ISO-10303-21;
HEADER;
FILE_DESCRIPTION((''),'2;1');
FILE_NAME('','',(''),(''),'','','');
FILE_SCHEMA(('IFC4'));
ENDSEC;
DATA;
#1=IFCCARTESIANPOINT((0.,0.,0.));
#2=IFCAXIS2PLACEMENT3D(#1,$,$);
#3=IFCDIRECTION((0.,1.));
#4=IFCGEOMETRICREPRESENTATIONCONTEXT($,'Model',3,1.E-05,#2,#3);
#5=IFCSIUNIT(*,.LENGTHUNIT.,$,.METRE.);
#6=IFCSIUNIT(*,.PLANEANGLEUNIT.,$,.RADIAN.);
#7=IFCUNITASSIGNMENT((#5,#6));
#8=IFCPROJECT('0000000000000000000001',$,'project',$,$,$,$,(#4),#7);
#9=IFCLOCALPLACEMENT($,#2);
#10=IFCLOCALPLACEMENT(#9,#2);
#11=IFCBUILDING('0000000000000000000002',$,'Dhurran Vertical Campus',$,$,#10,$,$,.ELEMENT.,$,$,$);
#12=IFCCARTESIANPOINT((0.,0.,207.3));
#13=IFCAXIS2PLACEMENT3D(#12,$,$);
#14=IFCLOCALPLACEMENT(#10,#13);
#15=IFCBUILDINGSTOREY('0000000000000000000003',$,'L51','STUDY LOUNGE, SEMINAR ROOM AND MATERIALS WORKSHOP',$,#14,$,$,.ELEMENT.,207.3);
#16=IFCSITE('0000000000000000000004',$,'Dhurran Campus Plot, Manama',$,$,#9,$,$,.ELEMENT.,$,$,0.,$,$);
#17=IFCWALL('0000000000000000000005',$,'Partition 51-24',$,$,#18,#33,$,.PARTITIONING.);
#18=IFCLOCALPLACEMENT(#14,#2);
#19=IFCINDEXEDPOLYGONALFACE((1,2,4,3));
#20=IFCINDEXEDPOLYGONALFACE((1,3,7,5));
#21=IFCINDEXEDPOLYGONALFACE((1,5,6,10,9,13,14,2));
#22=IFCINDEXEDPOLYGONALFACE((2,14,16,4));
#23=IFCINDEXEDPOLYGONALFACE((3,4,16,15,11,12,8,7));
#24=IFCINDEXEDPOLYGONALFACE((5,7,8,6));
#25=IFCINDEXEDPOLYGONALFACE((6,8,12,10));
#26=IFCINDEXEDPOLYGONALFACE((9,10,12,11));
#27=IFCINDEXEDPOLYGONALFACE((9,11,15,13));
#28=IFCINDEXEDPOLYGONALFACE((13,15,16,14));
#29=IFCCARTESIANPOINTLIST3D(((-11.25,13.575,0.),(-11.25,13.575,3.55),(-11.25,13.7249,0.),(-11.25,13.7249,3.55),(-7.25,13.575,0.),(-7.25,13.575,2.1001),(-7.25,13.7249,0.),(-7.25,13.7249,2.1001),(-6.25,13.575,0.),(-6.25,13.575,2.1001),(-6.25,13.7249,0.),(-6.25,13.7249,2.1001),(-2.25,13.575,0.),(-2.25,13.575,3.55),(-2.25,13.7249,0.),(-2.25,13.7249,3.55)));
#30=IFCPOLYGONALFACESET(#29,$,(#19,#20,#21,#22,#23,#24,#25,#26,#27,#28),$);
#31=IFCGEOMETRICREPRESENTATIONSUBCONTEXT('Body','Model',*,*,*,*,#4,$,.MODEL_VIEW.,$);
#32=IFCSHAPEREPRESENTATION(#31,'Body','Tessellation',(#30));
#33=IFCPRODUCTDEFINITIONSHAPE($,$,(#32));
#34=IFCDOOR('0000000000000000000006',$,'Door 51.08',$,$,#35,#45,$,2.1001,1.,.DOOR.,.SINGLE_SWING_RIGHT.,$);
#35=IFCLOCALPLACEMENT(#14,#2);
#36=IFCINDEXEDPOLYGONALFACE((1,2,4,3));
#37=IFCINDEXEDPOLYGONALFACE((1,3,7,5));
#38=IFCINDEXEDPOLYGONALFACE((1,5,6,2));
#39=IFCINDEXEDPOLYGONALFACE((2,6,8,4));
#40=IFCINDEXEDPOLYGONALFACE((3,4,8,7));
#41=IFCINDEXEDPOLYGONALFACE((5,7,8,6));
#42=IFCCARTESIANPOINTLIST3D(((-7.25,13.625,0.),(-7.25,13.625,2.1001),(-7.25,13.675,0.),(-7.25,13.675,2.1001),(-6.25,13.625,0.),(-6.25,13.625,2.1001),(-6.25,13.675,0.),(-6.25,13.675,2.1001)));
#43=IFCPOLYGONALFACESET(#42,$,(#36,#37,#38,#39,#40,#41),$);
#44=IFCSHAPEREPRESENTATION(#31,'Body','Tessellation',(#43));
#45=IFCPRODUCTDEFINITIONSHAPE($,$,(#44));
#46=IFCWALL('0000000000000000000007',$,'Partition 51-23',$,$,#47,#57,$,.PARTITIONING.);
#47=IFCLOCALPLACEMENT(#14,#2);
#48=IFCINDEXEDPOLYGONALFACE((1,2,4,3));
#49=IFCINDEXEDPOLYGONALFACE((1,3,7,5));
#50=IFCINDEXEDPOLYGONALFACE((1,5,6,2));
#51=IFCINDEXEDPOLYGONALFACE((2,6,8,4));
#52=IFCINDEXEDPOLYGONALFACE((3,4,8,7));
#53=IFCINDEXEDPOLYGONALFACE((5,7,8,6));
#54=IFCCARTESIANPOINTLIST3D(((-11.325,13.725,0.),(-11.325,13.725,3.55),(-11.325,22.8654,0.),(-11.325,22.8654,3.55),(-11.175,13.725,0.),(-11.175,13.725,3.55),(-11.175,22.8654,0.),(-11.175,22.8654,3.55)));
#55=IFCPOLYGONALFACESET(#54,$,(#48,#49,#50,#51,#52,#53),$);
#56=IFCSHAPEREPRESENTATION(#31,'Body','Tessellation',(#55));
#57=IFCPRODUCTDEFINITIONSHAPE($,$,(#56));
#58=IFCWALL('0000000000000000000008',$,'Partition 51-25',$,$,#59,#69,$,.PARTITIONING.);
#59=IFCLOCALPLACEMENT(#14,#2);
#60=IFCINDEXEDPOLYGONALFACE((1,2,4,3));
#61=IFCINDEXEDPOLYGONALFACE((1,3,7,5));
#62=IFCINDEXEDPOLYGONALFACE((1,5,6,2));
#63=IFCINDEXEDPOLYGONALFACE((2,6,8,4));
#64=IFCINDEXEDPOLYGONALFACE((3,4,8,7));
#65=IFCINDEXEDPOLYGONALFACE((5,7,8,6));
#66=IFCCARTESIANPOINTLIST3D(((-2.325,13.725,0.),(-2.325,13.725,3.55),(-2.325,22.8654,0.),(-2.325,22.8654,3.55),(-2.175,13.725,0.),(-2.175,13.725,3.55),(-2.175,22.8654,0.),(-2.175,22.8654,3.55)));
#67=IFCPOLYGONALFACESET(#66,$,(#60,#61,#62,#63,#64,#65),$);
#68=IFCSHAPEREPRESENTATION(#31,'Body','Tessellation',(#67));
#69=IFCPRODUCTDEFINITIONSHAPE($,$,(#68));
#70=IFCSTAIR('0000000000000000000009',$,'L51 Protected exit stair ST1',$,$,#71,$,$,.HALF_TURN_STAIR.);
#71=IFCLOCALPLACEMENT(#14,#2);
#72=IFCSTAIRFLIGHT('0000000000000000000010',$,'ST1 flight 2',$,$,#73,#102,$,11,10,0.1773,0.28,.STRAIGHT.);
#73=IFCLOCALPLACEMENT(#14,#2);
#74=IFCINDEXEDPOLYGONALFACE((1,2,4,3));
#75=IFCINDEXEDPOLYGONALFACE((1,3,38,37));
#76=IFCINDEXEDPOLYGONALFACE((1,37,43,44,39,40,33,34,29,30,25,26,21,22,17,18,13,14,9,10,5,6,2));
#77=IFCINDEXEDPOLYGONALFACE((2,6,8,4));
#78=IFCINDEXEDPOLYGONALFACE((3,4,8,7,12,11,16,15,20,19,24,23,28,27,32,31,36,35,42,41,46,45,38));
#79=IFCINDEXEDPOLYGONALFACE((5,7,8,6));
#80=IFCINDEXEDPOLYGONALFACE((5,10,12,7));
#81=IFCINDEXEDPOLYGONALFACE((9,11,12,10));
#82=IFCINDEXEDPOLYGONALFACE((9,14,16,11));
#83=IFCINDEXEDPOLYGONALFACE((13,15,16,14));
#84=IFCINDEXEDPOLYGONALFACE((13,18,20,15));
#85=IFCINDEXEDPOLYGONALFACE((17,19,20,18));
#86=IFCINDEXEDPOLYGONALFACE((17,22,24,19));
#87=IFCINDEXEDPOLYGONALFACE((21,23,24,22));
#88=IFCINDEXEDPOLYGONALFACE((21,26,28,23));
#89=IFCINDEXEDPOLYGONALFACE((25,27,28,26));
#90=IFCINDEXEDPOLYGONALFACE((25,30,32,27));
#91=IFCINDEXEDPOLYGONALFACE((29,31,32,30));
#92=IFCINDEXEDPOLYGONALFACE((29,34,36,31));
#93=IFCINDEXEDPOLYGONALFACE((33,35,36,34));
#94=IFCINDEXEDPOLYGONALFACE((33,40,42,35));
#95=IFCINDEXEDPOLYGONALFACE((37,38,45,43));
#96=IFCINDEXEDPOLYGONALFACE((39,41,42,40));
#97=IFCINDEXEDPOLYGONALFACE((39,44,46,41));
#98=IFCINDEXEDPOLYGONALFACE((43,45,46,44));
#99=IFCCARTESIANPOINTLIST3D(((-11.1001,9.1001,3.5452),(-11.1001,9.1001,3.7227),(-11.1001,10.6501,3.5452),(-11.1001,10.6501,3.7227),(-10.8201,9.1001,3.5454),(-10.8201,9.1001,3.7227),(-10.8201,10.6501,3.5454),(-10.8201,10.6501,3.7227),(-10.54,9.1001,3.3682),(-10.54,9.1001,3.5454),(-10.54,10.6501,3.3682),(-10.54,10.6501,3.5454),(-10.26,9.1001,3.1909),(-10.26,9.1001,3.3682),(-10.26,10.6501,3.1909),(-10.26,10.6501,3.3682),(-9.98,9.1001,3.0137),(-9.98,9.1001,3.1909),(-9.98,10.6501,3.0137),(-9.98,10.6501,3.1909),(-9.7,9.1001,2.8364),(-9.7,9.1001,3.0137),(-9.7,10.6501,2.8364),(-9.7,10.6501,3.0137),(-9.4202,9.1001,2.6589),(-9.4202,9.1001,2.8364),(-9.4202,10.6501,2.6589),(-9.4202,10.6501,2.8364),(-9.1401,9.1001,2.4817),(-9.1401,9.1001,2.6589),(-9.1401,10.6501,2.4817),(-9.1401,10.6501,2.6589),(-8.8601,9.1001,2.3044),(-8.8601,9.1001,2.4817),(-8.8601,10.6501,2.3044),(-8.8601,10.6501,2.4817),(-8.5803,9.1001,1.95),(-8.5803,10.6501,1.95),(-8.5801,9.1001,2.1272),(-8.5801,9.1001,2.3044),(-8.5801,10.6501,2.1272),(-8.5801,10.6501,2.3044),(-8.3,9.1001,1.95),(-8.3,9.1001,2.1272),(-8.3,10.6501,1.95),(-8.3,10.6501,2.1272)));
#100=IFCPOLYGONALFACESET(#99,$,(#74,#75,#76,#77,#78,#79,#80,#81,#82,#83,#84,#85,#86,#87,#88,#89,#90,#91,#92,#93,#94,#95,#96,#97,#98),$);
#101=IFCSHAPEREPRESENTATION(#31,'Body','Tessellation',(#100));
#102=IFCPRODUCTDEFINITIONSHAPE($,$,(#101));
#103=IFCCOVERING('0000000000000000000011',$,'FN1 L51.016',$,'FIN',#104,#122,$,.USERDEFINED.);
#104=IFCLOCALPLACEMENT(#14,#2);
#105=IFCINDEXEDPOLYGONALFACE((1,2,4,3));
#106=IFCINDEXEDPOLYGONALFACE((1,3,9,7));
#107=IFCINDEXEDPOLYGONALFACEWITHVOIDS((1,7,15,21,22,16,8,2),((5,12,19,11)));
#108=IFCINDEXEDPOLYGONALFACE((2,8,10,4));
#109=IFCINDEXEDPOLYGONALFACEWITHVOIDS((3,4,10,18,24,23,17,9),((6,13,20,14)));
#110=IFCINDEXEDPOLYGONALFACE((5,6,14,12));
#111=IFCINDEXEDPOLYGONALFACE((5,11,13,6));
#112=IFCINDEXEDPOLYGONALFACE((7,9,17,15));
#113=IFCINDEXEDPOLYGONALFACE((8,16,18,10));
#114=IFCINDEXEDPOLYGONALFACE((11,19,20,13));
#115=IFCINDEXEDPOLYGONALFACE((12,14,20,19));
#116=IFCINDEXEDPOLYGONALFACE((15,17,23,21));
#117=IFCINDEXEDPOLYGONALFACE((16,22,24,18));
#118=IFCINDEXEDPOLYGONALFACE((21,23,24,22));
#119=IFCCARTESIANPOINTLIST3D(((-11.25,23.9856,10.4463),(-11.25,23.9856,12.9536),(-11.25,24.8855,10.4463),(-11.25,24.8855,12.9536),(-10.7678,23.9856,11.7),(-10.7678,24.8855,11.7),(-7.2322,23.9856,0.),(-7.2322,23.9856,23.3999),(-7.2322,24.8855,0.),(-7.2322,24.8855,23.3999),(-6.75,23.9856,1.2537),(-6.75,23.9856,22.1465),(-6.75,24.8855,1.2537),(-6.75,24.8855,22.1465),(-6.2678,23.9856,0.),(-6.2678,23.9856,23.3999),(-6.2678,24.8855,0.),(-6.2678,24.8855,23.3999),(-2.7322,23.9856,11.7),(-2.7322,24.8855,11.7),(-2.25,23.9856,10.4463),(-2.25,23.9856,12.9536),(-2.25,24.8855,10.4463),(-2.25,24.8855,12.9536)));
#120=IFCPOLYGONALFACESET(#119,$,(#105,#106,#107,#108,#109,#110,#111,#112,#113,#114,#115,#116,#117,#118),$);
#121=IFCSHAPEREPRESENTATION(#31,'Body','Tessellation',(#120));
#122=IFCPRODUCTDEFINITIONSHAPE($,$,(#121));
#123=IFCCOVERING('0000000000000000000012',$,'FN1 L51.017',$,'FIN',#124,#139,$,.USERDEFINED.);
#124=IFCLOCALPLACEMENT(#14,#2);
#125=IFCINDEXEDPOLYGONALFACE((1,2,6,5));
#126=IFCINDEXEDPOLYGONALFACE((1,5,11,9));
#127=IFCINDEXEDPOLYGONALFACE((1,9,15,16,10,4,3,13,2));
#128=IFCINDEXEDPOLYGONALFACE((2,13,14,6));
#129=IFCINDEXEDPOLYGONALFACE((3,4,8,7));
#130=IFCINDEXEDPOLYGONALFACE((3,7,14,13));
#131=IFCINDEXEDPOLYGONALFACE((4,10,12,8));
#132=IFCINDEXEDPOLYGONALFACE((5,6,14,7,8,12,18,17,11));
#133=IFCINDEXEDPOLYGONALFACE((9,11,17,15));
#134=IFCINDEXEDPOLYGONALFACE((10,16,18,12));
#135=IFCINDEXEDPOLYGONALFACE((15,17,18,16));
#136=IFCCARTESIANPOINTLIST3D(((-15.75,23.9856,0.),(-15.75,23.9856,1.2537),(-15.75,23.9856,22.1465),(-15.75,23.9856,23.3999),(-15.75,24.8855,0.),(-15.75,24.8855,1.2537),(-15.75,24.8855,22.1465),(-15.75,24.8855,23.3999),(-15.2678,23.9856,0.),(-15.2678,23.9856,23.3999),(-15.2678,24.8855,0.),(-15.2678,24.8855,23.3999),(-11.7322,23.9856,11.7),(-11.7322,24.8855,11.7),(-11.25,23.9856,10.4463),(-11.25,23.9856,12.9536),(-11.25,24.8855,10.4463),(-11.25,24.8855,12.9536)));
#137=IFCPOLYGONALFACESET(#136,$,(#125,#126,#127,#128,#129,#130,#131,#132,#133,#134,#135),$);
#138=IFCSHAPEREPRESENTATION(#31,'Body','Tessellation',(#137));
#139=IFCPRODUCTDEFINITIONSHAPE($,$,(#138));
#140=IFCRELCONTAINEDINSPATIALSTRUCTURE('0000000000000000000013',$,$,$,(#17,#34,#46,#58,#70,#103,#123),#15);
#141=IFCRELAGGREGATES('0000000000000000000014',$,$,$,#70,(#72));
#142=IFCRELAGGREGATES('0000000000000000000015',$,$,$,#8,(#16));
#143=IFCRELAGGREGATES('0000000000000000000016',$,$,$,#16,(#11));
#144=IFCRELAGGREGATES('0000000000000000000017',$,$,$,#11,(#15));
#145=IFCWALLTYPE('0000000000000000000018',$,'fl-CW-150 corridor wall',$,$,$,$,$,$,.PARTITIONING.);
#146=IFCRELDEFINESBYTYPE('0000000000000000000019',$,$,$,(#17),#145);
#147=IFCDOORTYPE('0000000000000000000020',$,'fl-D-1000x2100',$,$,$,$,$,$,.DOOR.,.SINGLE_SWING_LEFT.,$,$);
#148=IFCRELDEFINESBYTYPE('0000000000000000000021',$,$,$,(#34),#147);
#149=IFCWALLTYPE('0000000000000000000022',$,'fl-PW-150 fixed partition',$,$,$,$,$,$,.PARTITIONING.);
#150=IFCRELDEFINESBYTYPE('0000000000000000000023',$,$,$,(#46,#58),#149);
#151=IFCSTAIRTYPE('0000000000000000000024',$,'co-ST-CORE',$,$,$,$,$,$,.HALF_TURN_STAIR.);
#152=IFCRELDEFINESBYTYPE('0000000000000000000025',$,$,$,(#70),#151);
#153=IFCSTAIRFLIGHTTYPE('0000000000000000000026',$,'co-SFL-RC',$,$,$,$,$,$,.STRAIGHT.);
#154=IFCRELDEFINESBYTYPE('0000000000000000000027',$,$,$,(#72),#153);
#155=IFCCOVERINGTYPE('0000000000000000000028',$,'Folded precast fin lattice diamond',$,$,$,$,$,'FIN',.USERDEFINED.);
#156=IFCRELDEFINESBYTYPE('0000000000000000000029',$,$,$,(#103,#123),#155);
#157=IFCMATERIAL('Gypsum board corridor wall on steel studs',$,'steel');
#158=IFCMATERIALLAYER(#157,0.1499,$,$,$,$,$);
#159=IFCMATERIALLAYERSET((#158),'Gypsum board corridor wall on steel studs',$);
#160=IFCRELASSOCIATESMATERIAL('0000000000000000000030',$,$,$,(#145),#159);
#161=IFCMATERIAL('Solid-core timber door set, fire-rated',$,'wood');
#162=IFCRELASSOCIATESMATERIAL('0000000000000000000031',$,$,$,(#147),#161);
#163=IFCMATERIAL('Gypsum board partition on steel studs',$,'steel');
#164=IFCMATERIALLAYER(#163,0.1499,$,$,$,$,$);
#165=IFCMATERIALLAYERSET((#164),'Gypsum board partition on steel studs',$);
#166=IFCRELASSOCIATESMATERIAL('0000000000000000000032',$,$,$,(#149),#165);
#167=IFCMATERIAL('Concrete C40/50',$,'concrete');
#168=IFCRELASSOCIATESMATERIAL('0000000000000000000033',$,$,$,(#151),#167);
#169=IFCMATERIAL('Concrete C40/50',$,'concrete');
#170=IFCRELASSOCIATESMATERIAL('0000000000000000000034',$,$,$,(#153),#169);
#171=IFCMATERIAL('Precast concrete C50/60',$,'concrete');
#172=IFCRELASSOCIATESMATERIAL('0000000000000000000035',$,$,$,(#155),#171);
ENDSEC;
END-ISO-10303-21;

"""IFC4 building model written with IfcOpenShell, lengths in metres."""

from ifc_helpers import new_model, si_unit, direction, frame, frame_2d, origin, place, context, subcontext, project, spatial, polyline, rectangle, outline, extrude, material, layer, layer_set, type_object, element, fill, aggregate, save


model = new_model("IFC4")

# Units and contexts
model_context = context("Model", 3, precision=1e-05, world=origin(), true_north=direction((0.0, 1.0)))
body_context = subcontext(model_context, "Body", "Model", "MODEL_VIEW")
ifc_project = project(units=[si_unit("LENGTHUNIT", "METRE"), si_unit("PLANEANGLEUNIT", "RADIAN")], contexts=[model_context])

# Site, building, storey
site_placement = place(None, origin())
site = spatial("IfcSite", under=ifc_project, at=site_placement, Name="Dhurran Campus Plot, Manama", CompositionType="ELEMENT", RefElevation=0.0)
building_placement = place(site_placement, origin())
building = spatial("IfcBuilding", under=site, at=building_placement, Name="Dhurran Vertical Campus", CompositionType="ELEMENT")
storey_placement = place(building_placement, frame((0.0, 0.0, 207.3)))
storey = spatial("IfcBuildingStorey", under=building, at=storey_placement, Name="L51", Description="STUDY LOUNGE, SEMINAR ROOM AND MATERIALS WORKSHOP", CompositionType="ELEMENT", Elevation=207.3)

# Wall, opening, door
ifc_material_1 = material(Name="Gypsum board corridor wall on steel studs", Category="steel")
ifc_layer_1 = layer(ifc_material_1, 0.1499)
ifc_layer_set_1 = layer_set([ifc_layer_1], Name="Gypsum board corridor wall on steel studs")
wall_type_1 = type_object("IfcWallType", Name="fl-CW-150 corridor wall", PredefinedType="PARTITIONING", material=ifc_layer_set_1)
ifc_material_2 = material(Name="Solid-core timber door set, fire-rated", Category="wood")
door_type = type_object("IfcDoorType", Name="fl-D-1000x2100", OperationType="SINGLE_SWING_LEFT", PredefinedType="DOOR", material=ifc_material_2)
wall_1_placement = place(storey_placement, frame((-2.25, 13.6499, 0.0), z_axis=(0.0, 0.0, 1.0), x_axis=(-1.0, 0.0, 0.0)))
wall_1 = element("IfcWall", 1, at=wall_1_placement, inside=storey, type_object=wall_type_1, Name="Partition 51-24", PredefinedType="PARTITIONING", context=body_context, shape_type="SweptSolid", body=[
    extrude(rectangle(XDim=9.0, YDim=0.1499, at=frame_2d((4.5, 0.0))), origin(), (0.0, 0.0, 1.0), 3.55),
])
opening_1_placement = place(wall_1_placement, frame((4.0, 0.0, 0.0)))
opening_1 = element("IfcOpeningElement", 2, at=opening_1_placement, cuts=wall_1, PredefinedType="OPENING", context=body_context, shape_type="SweptSolid", body=[
    extrude(rectangle(XDim=1.0, YDim=2.1001, at=frame_2d((0.5, 1.05))), frame((0.0, 0.085, 0.0), z_axis=(0.0, -1.0, 0.0), x_axis=(1.0, 0.0, 0.0)), (0.0, 0.0, 1.0), 0.1699),
])
door_1_placement = place(opening_1_placement, origin())
door_1 = element("IfcDoor", 3, at=door_1_placement, inside=storey, type_object=door_type, Name="Door 51.08", OperationType="SINGLE_SWING_RIGHT", OverallHeight=2.1001, OverallWidth=1.0, PredefinedType="DOOR", context=body_context, shape_type="SweptSolid", body=[
    extrude(rectangle(XDim=1.0, YDim=2.1001, at=frame_2d((0.5, 1.05))), frame((0.0, 0.0249, 0.0), z_axis=(0.0, -1.0, 0.0), x_axis=(1.0, 0.0, 0.0)), (0.0, 0.0, 1.0), 0.05),
])
fill(opening_1, door_1)

# Walls
ifc_material_3 = material(Name="Gypsum board partition on steel studs", Category="steel")
ifc_layer_2 = layer(ifc_material_3, 0.1499)
ifc_layer_set_2 = layer_set([ifc_layer_2], Name="Gypsum board partition on steel studs")
wall_type_2 = type_object("IfcWallType", Name="fl-PW-150 fixed partition", PredefinedType="PARTITIONING", material=ifc_layer_set_2)
for number, where, z_axis, x_axis, name in (
    (4, (-11.25, 22.8655, 0.0), (0.0, 0.0, 1.0), (0.0, -1.0, 0.0), "Partition 51-23"),
    (5, (-2.25, 22.8655, 0.0), (0.0, 0.0, 1.0), (0.0, -1.0, 0.0), "Partition 51-25"),
):
    element("IfcWall", number, at=place(storey_placement, frame(where, z_axis=z_axis, x_axis=x_axis)), inside=storey, type_object=wall_type_2, Name=name, PredefinedType="PARTITIONING", context=body_context, shape_type="SweptSolid", body=[
        extrude(rectangle(XDim=9.1404, YDim=0.1499, at=frame_2d((4.5703, 0.0))), origin(), (0.0, 0.0, 1.0), 3.55),
    ])

# Stair, stair flight
ifc_material_4 = material(Name="Concrete C40/50", Category="concrete")
stair_type = type_object("IfcStairType", Name="co-ST-CORE", PredefinedType="HALF_TURN_STAIR", material=ifc_material_4)
stair_placement = place(storey_placement, origin())
stair = element("IfcStair", 6, at=stair_placement, inside=storey, type_object=stair_type, Name="L51 Protected exit stair ST1", PredefinedType="HALF_TURN_STAIR")
ifc_material_5 = material(Name="Concrete C40/50", Category="concrete")
stair_flight_type = type_object("IfcStairFlightType", Name="co-SFL-RC", PredefinedType="STRAIGHT", material=ifc_material_5)
stair_flight_placement = place(storey_placement, frame((-8.3, 9.875, 1.95), z_axis=(0.0, 0.0, 1.0), x_axis=(-1.0, 0.0, 0.0)))
stair_flight = element("IfcStairFlight", 7, at=stair_flight_placement, type_object=stair_flight_type, Name="ST1 flight 2", NumberOfRisers=11, NumberOfTreads=10, PredefinedType="STRAIGHT", RiserHeight=0.1773, TreadLength=0.28, context=body_context, shape_type="SweptSolid", body=[
    extrude(outline(polyline([(0.0, 0.0), (0.0, 0.1772), (0.28, 0.1772), (0.28, 0.3545), (0.5601, 0.3545), (0.5601, 0.5317), (0.8401, 0.5317), (0.8401, 0.709), (1.1201, 0.709), (1.1201, 0.8865), (1.3999, 0.8865), (1.3999, 1.0637), (1.6799, 1.0637), (1.6799, 1.241), (1.96, 1.241), (1.96, 1.4182), (2.24, 1.4182), (2.24, 1.5955), (2.52, 1.5955), (2.52, 1.7727), (2.8, 1.7727), (2.8, 1.95), (2.8, 1.5952), (0.2803, 0.0), (0.0, 0.0)])), frame((0.0, 0.7749, 0.0), z_axis=(0.0, -1.0, 0.0), x_axis=(1.0, 0.0, 0.0)), (0.0, 0.0, 1.0), 1.55),
])
aggregate(stair, [stair_flight])

# Coverings
ifc_material_6 = material(Name="Precast concrete C50/60", Category="concrete")
covering_type = type_object("IfcCoveringType", Name="Folded precast fin lattice diamond", ElementType="FIN", PredefinedType="USERDEFINED", material=ifc_material_6)
covering_1_placement = place(storey_placement, frame((-2.25, 23.9856, 0.0), z_axis=(0.0, 1.0, 0.0), x_axis=(-1.0, 0.0, 0.0)))
element("IfcCovering", 8, at=covering_1_placement, inside=storey, type_object=covering_type, Name="FN1 L51.016", ObjectType="FIN", PredefinedType="USERDEFINED", context=body_context, shape_type="SweptSolid", body=[
    extrude(outline(polyline([(9.0, 12.9536), (9.0, 10.4463), (4.9822, 0.0), (4.0178, 0.0), (0.0, 10.4463), (0.0, 12.9536), (4.0178, 23.3999), (4.9822, 23.3999), (9.0, 12.9536)]), holes=[polyline([(8.5178, 11.7), (4.5, 22.1465), (0.4822, 11.7), (4.5, 1.2537), (8.5178, 11.7)])]), origin(), (0.0, 0.0, 1.0), 0.8999),
])
covering_2_placement = place(storey_placement, frame((-11.25, 23.9856, 0.0), z_axis=(0.0, 1.0, 0.0), x_axis=(-1.0, 0.0, 0.0)))
element("IfcCovering", 9, at=covering_2_placement, inside=storey, type_object=covering_type, Name="FN1 L51.017", ObjectType="FIN", PredefinedType="USERDEFINED", context=body_context, shape_type="SweptSolid", body=[
    extrude(outline(polyline([(4.0178, 0.0), (0.0, 10.4463), (0.0, 12.9536), (4.0178, 23.3999), (4.5, 23.3999), (4.5, 22.1465), (0.4822, 11.7), (4.5, 1.2537), (4.5, 0.0), (4.0178, 0.0)])), origin(), (0.0, 0.0, 1.0), 0.8999),
])

save(model, "model.ifc")
